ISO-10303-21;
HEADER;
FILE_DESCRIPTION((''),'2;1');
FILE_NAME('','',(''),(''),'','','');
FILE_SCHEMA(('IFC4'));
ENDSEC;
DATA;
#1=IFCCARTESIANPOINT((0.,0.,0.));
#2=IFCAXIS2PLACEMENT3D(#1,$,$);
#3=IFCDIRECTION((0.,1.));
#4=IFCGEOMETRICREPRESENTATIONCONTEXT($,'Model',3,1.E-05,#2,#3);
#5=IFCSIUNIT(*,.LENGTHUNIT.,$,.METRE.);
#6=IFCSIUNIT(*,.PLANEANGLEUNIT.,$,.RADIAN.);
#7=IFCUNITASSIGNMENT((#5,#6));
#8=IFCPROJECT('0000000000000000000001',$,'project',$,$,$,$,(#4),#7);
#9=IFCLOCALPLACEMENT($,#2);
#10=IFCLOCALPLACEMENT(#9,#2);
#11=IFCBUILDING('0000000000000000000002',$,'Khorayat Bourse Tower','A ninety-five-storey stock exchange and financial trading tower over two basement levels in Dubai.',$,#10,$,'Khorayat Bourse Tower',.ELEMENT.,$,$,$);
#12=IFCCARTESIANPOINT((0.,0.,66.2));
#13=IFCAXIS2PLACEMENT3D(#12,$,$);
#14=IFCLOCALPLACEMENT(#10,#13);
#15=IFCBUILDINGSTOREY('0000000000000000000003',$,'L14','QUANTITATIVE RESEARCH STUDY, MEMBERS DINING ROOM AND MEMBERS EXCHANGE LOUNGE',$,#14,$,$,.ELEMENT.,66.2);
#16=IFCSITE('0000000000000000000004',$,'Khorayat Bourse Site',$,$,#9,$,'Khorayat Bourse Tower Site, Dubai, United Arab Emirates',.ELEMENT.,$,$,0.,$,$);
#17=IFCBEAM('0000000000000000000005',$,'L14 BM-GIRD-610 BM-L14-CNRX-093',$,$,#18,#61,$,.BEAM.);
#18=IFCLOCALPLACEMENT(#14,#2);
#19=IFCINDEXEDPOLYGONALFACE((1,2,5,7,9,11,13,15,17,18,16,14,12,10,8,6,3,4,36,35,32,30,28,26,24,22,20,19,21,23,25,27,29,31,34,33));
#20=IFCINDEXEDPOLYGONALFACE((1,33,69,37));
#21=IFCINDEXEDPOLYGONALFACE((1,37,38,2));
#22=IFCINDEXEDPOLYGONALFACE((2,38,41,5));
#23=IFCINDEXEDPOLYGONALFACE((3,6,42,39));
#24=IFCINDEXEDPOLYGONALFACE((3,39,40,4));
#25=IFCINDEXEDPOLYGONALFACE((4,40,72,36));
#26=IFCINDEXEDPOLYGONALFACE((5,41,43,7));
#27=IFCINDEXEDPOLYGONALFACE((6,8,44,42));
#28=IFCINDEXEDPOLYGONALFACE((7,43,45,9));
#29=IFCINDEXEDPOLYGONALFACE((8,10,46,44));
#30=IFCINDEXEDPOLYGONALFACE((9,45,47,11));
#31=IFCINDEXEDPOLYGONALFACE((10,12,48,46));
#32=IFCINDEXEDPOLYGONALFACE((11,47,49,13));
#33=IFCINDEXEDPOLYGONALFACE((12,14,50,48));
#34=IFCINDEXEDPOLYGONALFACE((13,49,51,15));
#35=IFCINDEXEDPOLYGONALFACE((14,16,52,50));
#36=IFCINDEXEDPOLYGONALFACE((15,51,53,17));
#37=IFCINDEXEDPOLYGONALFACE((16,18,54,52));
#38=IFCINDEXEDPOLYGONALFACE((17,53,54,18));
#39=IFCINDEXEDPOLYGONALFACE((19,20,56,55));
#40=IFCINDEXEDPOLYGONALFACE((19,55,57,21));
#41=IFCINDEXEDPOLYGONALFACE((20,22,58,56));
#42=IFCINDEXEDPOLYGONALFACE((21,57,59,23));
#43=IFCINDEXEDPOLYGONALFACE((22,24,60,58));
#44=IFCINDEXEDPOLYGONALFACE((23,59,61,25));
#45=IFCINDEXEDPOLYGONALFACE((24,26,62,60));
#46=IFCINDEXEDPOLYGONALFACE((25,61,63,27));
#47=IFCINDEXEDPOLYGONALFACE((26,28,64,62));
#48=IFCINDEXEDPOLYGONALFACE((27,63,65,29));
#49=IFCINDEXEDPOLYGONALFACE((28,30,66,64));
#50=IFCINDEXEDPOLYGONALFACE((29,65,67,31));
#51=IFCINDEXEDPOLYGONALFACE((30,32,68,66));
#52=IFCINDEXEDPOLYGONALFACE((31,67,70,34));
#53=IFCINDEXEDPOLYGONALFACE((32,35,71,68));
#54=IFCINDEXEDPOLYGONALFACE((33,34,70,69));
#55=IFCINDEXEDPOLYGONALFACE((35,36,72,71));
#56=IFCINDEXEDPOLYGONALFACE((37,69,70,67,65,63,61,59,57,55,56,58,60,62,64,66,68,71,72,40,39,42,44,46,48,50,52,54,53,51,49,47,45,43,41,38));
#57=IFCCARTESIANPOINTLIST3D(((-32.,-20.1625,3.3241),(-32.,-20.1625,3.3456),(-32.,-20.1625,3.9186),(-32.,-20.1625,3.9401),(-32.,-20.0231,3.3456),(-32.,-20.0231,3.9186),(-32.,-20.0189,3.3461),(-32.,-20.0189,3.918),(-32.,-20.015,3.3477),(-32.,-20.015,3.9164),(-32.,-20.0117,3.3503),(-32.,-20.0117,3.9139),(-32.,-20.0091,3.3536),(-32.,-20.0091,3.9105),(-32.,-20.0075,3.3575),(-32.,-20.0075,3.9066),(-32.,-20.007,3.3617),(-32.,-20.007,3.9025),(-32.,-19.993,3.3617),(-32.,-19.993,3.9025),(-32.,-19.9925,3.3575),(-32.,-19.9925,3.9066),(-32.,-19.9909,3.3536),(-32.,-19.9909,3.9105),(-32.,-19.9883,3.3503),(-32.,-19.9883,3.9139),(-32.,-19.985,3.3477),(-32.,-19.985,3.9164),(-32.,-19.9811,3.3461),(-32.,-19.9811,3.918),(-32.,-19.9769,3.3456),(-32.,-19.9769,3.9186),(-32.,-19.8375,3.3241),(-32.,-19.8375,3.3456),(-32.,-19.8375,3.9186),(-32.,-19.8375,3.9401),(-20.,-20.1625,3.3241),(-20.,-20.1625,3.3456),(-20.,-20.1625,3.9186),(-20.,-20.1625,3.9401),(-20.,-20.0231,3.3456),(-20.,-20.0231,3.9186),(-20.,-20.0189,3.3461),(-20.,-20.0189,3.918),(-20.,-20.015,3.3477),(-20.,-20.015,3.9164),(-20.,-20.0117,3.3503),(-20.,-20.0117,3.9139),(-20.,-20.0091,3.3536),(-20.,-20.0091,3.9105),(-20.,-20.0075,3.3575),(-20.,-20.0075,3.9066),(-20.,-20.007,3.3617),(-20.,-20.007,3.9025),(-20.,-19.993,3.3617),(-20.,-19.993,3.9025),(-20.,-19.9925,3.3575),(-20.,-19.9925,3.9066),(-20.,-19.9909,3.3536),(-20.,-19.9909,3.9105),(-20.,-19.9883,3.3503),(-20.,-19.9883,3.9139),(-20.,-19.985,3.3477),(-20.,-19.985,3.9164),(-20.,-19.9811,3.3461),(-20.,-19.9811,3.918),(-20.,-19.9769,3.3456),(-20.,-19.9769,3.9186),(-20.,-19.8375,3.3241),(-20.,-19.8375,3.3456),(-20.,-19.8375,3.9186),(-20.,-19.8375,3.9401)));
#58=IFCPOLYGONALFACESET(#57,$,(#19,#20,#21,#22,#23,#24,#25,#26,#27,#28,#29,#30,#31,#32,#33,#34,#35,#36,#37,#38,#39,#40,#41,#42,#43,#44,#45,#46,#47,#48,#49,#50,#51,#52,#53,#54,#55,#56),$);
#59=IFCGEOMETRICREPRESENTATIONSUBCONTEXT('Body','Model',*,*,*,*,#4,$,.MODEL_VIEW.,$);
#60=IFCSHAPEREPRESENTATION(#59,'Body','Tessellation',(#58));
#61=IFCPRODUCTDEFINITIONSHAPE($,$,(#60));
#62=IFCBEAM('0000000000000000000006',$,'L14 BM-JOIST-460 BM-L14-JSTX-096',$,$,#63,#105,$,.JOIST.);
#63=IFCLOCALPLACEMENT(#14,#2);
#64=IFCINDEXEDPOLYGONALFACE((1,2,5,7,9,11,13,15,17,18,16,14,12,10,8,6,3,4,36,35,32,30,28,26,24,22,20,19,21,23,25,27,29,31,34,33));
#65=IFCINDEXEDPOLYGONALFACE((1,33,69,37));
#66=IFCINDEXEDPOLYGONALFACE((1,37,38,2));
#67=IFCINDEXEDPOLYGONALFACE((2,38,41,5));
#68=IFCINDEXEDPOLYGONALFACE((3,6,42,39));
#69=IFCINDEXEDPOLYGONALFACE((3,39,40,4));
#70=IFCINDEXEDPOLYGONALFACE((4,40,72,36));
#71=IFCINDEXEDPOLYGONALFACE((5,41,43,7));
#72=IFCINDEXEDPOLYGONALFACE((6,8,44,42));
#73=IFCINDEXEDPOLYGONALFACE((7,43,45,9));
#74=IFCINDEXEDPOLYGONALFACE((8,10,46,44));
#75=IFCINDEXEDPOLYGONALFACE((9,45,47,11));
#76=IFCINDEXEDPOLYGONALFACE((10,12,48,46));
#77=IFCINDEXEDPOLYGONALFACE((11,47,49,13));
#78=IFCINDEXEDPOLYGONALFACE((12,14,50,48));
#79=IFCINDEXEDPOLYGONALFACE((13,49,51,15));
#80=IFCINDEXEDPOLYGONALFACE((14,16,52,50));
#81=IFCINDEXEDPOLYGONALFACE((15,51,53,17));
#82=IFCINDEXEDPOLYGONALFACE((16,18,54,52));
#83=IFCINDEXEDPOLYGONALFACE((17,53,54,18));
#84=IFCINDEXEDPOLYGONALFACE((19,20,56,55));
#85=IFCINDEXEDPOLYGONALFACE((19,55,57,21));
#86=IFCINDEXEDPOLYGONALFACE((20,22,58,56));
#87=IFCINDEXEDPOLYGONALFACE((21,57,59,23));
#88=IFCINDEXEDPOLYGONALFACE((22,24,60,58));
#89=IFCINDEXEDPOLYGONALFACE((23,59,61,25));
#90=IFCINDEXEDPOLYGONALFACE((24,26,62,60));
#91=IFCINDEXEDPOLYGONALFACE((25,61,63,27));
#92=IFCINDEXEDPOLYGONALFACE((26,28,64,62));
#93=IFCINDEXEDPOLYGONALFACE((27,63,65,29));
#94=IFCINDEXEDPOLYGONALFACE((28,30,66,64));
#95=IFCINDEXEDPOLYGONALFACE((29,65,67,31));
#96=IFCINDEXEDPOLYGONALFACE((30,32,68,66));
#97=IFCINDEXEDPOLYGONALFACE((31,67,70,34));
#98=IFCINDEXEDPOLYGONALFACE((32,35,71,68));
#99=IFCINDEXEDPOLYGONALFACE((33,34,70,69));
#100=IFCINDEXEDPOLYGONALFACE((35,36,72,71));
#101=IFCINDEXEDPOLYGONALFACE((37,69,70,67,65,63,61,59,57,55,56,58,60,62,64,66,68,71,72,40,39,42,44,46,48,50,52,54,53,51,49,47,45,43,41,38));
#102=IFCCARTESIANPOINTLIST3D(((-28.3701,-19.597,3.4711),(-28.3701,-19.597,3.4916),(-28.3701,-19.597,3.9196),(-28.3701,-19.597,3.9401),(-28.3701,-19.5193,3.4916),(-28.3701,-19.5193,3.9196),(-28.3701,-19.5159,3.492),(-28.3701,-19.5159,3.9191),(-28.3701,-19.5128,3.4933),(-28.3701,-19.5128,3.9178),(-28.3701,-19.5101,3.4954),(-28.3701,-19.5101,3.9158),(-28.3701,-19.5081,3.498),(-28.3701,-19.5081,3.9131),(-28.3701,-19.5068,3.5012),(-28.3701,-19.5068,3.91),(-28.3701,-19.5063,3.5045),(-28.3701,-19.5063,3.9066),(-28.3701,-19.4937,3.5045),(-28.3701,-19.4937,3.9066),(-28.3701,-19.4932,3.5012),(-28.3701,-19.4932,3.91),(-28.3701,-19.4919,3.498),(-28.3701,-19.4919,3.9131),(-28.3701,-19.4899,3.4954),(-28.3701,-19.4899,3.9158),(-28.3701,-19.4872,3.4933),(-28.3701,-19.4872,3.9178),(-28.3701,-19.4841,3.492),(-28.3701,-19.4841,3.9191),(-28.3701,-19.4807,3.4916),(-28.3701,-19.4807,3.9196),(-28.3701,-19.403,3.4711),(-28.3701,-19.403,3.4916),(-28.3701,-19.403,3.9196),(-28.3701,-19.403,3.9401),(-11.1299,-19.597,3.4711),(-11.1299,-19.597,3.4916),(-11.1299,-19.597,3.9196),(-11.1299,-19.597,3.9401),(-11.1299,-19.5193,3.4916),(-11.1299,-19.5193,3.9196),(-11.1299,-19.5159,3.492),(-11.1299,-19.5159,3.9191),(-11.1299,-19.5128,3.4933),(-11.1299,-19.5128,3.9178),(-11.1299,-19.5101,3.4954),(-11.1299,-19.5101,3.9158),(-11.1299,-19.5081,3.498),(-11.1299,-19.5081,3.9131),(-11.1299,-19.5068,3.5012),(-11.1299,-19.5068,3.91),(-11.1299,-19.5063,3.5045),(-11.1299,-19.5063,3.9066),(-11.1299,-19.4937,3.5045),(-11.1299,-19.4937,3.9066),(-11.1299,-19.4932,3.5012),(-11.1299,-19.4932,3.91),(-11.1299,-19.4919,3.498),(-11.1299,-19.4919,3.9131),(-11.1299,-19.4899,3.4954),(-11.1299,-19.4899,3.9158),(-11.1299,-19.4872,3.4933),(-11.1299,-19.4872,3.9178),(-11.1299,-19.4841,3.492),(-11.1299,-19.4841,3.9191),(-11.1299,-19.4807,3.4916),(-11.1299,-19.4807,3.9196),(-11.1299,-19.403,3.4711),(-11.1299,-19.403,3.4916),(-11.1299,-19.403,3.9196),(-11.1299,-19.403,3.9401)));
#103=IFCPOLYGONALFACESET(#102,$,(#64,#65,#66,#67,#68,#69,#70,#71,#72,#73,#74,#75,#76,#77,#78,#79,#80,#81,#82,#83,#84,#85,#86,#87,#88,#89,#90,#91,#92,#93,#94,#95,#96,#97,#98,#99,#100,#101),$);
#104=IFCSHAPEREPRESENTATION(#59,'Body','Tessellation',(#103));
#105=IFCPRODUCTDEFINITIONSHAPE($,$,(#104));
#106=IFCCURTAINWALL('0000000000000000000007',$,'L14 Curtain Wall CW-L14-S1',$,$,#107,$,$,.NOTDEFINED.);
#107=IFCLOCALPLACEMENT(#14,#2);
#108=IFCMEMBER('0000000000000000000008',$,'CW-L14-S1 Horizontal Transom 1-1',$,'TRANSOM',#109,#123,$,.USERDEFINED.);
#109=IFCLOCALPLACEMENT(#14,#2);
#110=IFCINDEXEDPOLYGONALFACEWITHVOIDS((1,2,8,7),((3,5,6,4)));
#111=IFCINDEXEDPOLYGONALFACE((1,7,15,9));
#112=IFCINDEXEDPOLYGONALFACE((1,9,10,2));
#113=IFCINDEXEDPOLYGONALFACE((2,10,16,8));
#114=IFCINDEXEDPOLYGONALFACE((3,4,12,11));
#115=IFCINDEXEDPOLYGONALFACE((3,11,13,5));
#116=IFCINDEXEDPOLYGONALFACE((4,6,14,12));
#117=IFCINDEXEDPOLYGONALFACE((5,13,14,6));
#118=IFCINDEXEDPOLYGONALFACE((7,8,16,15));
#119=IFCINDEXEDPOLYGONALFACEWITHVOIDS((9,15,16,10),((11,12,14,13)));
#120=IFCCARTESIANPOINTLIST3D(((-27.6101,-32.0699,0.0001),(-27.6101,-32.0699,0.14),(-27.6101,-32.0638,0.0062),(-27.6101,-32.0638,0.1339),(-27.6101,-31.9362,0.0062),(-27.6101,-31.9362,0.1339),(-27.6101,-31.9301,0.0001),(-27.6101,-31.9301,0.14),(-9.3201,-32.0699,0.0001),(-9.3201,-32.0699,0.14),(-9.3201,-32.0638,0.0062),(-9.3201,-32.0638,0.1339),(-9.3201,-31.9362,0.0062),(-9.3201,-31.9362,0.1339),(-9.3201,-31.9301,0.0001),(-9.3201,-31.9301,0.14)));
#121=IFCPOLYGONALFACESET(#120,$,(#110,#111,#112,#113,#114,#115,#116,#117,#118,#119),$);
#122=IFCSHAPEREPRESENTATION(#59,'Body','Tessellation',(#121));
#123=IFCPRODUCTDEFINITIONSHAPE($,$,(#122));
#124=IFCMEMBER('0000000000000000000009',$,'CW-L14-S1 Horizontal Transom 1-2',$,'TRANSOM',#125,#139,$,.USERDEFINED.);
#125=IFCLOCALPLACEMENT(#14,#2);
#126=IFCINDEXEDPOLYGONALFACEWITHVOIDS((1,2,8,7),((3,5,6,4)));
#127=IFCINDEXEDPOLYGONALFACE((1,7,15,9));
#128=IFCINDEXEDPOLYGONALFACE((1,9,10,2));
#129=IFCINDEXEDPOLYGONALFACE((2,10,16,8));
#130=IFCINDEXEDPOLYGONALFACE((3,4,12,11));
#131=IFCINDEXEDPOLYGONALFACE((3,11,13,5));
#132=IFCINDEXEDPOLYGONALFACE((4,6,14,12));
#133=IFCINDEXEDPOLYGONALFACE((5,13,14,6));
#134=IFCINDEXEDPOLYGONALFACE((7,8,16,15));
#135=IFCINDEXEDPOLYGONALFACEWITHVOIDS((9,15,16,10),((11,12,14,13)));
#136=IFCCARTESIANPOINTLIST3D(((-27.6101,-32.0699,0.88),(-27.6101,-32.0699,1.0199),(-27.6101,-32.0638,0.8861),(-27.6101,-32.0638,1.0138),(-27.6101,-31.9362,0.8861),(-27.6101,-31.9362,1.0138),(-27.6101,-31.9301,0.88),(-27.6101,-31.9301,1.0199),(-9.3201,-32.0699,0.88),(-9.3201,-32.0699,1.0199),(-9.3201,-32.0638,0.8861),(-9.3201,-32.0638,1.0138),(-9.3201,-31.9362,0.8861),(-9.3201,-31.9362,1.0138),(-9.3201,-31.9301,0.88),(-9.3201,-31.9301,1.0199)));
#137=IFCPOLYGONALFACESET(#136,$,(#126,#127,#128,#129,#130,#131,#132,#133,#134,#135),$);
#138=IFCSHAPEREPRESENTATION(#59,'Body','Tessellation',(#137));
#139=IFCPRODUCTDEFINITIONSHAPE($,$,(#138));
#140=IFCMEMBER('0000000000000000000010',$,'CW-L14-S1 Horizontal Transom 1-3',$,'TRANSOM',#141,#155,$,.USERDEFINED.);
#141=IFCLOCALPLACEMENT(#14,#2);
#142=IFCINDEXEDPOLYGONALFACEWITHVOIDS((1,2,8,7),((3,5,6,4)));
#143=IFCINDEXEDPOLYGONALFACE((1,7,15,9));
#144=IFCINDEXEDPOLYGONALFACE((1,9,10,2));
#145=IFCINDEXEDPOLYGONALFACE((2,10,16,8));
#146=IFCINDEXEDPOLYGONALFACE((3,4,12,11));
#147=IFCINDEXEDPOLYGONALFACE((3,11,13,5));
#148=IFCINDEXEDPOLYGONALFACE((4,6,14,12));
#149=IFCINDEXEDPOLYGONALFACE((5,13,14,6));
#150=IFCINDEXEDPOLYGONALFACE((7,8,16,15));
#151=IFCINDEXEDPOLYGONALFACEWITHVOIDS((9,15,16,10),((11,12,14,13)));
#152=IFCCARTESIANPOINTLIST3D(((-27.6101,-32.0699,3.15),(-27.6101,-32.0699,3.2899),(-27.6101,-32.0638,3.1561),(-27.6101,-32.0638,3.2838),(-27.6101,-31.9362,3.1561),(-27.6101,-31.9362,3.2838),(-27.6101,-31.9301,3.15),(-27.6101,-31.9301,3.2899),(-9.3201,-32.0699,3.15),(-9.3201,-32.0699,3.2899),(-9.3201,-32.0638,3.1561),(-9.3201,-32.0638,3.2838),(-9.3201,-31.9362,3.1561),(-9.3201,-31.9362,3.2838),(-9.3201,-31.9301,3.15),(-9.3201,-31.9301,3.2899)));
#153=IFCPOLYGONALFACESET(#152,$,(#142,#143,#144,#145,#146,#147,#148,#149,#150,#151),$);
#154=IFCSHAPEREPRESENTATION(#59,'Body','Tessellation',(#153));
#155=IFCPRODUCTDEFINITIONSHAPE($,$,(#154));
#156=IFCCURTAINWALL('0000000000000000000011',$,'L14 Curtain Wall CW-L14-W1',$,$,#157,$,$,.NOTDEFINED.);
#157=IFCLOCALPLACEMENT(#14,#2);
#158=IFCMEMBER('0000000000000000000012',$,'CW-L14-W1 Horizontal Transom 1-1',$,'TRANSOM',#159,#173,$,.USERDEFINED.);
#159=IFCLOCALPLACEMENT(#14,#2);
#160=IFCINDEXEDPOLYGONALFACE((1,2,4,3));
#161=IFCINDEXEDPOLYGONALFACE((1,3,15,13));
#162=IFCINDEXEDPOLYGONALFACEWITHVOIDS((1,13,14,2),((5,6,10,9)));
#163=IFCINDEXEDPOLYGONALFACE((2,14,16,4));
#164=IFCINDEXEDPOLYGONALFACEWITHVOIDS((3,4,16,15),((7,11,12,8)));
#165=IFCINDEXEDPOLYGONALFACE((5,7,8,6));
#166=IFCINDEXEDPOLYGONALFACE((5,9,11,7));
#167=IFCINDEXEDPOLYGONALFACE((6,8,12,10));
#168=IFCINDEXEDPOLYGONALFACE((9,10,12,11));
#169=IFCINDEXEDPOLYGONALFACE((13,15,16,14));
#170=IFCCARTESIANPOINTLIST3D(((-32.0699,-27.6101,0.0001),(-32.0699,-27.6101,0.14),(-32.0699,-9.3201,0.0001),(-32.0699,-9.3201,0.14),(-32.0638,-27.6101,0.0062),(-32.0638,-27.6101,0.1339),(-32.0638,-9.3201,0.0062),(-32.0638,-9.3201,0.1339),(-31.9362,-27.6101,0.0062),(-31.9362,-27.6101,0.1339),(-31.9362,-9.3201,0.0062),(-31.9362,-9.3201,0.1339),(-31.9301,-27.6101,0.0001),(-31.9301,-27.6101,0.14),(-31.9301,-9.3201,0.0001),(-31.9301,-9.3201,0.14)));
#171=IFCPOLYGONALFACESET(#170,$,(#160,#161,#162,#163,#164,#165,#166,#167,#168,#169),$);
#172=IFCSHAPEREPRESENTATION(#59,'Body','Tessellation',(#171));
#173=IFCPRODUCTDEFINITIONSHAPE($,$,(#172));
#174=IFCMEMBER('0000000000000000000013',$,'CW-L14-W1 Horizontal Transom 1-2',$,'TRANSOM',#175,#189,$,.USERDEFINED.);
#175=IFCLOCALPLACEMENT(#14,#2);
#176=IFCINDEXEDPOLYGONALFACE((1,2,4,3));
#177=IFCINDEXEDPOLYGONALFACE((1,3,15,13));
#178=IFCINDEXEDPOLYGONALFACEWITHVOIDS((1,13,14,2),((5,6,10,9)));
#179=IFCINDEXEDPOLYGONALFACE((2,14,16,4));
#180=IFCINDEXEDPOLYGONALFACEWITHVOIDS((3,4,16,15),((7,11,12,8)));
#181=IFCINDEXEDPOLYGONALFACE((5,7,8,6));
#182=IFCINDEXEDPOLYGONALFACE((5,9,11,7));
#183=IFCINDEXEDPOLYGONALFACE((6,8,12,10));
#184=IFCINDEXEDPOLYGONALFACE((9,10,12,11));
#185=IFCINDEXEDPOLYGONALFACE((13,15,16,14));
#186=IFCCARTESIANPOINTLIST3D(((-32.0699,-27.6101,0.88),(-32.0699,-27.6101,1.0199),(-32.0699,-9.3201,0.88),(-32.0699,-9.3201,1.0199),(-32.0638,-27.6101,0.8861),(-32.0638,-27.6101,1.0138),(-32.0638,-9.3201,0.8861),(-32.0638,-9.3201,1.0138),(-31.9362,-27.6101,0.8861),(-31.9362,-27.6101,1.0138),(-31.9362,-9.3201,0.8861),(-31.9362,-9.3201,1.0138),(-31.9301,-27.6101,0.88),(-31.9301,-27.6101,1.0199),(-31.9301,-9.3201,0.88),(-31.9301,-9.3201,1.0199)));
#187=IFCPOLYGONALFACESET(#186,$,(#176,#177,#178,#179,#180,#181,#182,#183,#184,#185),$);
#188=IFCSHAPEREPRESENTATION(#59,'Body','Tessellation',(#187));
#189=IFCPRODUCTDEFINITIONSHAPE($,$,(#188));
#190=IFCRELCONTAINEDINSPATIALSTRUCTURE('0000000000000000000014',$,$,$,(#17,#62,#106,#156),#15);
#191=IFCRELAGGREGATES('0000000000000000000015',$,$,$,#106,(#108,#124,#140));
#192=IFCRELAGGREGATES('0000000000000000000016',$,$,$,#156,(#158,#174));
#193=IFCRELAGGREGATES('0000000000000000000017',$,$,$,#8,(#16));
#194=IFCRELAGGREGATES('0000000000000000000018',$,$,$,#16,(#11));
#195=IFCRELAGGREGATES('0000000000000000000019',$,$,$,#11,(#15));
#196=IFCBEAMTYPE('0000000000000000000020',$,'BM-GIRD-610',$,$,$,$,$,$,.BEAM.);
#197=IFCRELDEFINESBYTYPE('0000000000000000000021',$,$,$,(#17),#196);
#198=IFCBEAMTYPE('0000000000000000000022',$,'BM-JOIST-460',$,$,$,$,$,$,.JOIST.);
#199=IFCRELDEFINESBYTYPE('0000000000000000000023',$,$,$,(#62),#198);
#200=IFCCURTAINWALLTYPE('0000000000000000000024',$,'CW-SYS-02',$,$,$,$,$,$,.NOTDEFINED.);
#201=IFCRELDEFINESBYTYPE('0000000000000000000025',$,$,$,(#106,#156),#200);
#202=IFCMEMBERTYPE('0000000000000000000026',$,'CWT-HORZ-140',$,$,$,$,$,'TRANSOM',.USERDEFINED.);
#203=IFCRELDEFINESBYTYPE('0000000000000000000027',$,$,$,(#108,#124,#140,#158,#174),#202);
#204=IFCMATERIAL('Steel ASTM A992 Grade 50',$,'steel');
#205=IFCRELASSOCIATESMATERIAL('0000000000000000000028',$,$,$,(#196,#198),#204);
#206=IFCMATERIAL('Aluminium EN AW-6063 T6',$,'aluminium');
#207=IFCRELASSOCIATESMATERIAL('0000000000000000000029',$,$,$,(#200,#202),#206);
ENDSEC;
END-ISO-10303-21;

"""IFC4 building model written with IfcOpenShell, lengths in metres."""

from ifc_helpers import new_model, si_unit, direction, frame, origin, origin_2d, place, context, subcontext, project, spatial, hollow_rectangle, i_section, extrude, source, transform, mapped, material, material_profile, profile_set, type_object, element, aggregate, save


model = new_model("IFC4")

# Units and contexts
model_context = context("Model", 3, precision=1e-05, world=origin(), true_north=direction((0.0, 1.0)))
body_context = subcontext(model_context, "Body", "Model", "MODEL_VIEW")
ifc_project = project(units=[si_unit("LENGTHUNIT", "METRE"), si_unit("PLANEANGLEUNIT", "RADIAN")], contexts=[model_context])

# Site, building, storey
site_placement = place(None, origin())
site = spatial("IfcSite", under=ifc_project, at=site_placement, Name="Khorayat Bourse Site", LongName="Khorayat Bourse Tower Site, Dubai, United Arab Emirates", CompositionType="ELEMENT", RefElevation=0.0)
building_placement = place(site_placement, origin())
building = spatial("IfcBuilding", under=site, at=building_placement, Name="Khorayat Bourse Tower", Description="A ninety-five-storey stock exchange and financial trading tower over two basement levels in Dubai.", LongName="Khorayat Bourse Tower", CompositionType="ELEMENT")
storey_placement = place(building_placement, frame((0.0, 0.0, 66.2)))
storey = spatial("IfcBuildingStorey", under=building, at=storey_placement, Name="L14", Description="QUANTITATIVE RESEARCH STUDY, MEMBERS DINING ROOM AND MEMBERS EXCHANGE LOUNGE", CompositionType="ELEMENT", Elevation=66.2)

# Beams
ifc_material_1 = material(Name="Steel ASTM A992 Grade 50", Category="steel")
ifc_material_profile_1 = material_profile(ifc_material_1, i_section(OverallWidth=0.325, OverallDepth=0.616, WebThickness=0.0139, FlangeThickness=0.0215, FilletRadius=0.0161, at=origin_2d()), Name="W610X174")
ifc_profile_set_1 = profile_set([ifc_material_profile_1], Name="Steel ASTM A992 Grade 50")
beam_type_1 = type_object("IfcBeamType", Name="BM-GIRD-610", PredefinedType="BEAM", material=ifc_profile_set_1)
shared_shape_1 = source(origin(), body_context, "Body", "SweptSolid", [
    extrude(i_section(OverallWidth=0.325, OverallDepth=0.616, WebThickness=0.0139, FlangeThickness=0.0215, FilletRadius=0.0161, at=origin_2d()), origin(), (0.0, 0.0, 1.0), 12.0),
])
beam_1_placement = place(storey_placement, frame((-32.0, -20.0, 3.6321), z_axis=(1.0, 0.0, 0.0), x_axis=(0.0, 1.0, 0.0)))
element("IfcBeam", 1, at=beam_1_placement, inside=storey, type_object=beam_type_1, Name="L14 BM-GIRD-610 BM-L14-CNRX-093", PredefinedType="BEAM", context=body_context, shape_type="MappedRepresentation", body=[
    mapped(shared_shape_1, transform((0.0, 0.0, 0.0), scale=1.0)),
])
ifc_material_profile_2 = material_profile(ifc_material_1, i_section(OverallWidth=0.1941, OverallDepth=0.469, WebThickness=0.0127, FlangeThickness=0.0205, FilletRadius=0.0129, at=origin_2d()), Name="W460X106")
ifc_profile_set_2 = profile_set([ifc_material_profile_2], Name="Steel ASTM A992 Grade 50")
beam_type_2 = type_object("IfcBeamType", Name="BM-JOIST-460", PredefinedType="JOIST", material=ifc_profile_set_2)
shared_shape_2 = source(origin(), body_context, "Body", "SweptSolid", [
    extrude(i_section(OverallWidth=0.1941, OverallDepth=0.469, WebThickness=0.0127, FlangeThickness=0.0205, FilletRadius=0.0129, at=origin_2d()), origin(), (0.0, 0.0, 1.0), 17.2402),
])
beam_2_placement = place(storey_placement, frame((-28.3701, -19.5, 3.7056), z_axis=(1.0, 0.0, 0.0), x_axis=(0.0, 1.0, 0.0)))
element("IfcBeam", 2, at=beam_2_placement, inside=storey, type_object=beam_type_2, Name="L14 BM-JOIST-460 BM-L14-JSTX-096", PredefinedType="JOIST", context=body_context, shape_type="MappedRepresentation", body=[
    mapped(shared_shape_2, transform((0.0, 0.0, 0.0), scale=1.0)),
])

# Curtain walls, members
ifc_material_2 = material(Name="Aluminium EN AW-6063 T6", Category="aluminium")
curtain_wall_type = type_object("IfcCurtainWallType", Name="CW-SYS-02", PredefinedType="NOTDEFINED", material=ifc_material_2)
curtain_wall_1_placement = place(storey_placement, origin())
curtain_wall_1 = element("IfcCurtainWall", 3, at=curtain_wall_1_placement, inside=storey, type_object=curtain_wall_type, Name="L14 Curtain Wall CW-L14-S1", PredefinedType="NOTDEFINED")
ifc_material_profile_3 = material_profile(ifc_material_2, hollow_rectangle(XDim=0.1399, YDim=0.1399, WallThickness=0.0061, at=origin_2d()), Name="ALU 140x140x6")
ifc_profile_set_3 = profile_set([ifc_material_profile_3], Name="Aluminium EN AW-6063 T6")
member_type_1 = type_object("IfcMemberType", Name="CWT-HORZ-140", ElementType="TRANSOM", PredefinedType="USERDEFINED", material=ifc_profile_set_3)
shared_shape_3 = source(origin(), body_context, "Body", "SweptSolid", [
    extrude(hollow_rectangle(XDim=0.1399, YDim=0.1399, WallThickness=0.0061, at=origin_2d()), origin(), (0.0, 0.0, 1.0), 18.29),
])
member_1_placement = place(storey_placement, frame((-27.6101, -32.0, 0.0701), z_axis=(1.0, 0.0, 0.0), x_axis=(0.0, 1.0, 0.0)))
member_1 = element("IfcMember", 4, at=member_1_placement, type_object=member_type_1, Name="CW-L14-S1 Horizontal Transom 1-1", ObjectType="TRANSOM", PredefinedType="USERDEFINED", context=body_context, shape_type="MappedRepresentation", body=[
    mapped(shared_shape_3, transform((0.0, 0.0, 0.0), scale=1.0)),
])
member_2_placement = place(storey_placement, frame((-27.6101, -32.0, 0.95), z_axis=(1.0, 0.0, 0.0), x_axis=(0.0, 1.0, 0.0)))
member_2 = element("IfcMember", 5, at=member_2_placement, type_object=member_type_1, Name="CW-L14-S1 Horizontal Transom 1-2", ObjectType="TRANSOM", PredefinedType="USERDEFINED", context=body_context, shape_type="MappedRepresentation", body=[
    mapped(shared_shape_3, transform((0.0, 0.0, 0.0), scale=1.0)),
])
member_3_placement = place(storey_placement, frame((-27.6101, -32.0, 3.22), z_axis=(1.0, 0.0, 0.0), x_axis=(0.0, 1.0, 0.0)))
member_3 = element("IfcMember", 6, at=member_3_placement, type_object=member_type_1, Name="CW-L14-S1 Horizontal Transom 1-3", ObjectType="TRANSOM", PredefinedType="USERDEFINED", context=body_context, shape_type="MappedRepresentation", body=[
    mapped(shared_shape_3, transform((0.0, 0.0, 0.0), scale=1.0)),
])
curtain_wall_2_placement = place(storey_placement, origin())
curtain_wall_2 = element("IfcCurtainWall", 7, at=curtain_wall_2_placement, inside=storey, type_object=curtain_wall_type, Name="L14 Curtain Wall CW-L14-W1", PredefinedType="NOTDEFINED")
member_4_placement = place(storey_placement, frame((-32.0, -27.6101, 0.0701), z_axis=(0.0, 1.0, 0.0), x_axis=(-1.0, 0.0, 0.0)))
member_4 = element("IfcMember", 8, at=member_4_placement, type_object=member_type_1, Name="CW-L14-W1 Horizontal Transom 1-1", ObjectType="TRANSOM", PredefinedType="USERDEFINED", context=body_context, shape_type="MappedRepresentation", body=[
    mapped(shared_shape_3, transform((0.0, 0.0, 0.0), scale=1.0)),
])
member_5_placement = place(storey_placement, frame((-32.0, -27.6101, 0.95), z_axis=(0.0, 1.0, 0.0), x_axis=(-1.0, 0.0, 0.0)))
member_5 = element("IfcMember", 9, at=member_5_placement, type_object=member_type_1, Name="CW-L14-W1 Horizontal Transom 1-2", ObjectType="TRANSOM", PredefinedType="USERDEFINED", context=body_context, shape_type="MappedRepresentation", body=[
    mapped(shared_shape_3, transform((0.0, 0.0, 0.0), scale=1.0)),
])

aggregate(curtain_wall_1, [member_1, member_2, member_3])
aggregate(curtain_wall_2, [member_4, member_5])

save(model, "model.ifc")
